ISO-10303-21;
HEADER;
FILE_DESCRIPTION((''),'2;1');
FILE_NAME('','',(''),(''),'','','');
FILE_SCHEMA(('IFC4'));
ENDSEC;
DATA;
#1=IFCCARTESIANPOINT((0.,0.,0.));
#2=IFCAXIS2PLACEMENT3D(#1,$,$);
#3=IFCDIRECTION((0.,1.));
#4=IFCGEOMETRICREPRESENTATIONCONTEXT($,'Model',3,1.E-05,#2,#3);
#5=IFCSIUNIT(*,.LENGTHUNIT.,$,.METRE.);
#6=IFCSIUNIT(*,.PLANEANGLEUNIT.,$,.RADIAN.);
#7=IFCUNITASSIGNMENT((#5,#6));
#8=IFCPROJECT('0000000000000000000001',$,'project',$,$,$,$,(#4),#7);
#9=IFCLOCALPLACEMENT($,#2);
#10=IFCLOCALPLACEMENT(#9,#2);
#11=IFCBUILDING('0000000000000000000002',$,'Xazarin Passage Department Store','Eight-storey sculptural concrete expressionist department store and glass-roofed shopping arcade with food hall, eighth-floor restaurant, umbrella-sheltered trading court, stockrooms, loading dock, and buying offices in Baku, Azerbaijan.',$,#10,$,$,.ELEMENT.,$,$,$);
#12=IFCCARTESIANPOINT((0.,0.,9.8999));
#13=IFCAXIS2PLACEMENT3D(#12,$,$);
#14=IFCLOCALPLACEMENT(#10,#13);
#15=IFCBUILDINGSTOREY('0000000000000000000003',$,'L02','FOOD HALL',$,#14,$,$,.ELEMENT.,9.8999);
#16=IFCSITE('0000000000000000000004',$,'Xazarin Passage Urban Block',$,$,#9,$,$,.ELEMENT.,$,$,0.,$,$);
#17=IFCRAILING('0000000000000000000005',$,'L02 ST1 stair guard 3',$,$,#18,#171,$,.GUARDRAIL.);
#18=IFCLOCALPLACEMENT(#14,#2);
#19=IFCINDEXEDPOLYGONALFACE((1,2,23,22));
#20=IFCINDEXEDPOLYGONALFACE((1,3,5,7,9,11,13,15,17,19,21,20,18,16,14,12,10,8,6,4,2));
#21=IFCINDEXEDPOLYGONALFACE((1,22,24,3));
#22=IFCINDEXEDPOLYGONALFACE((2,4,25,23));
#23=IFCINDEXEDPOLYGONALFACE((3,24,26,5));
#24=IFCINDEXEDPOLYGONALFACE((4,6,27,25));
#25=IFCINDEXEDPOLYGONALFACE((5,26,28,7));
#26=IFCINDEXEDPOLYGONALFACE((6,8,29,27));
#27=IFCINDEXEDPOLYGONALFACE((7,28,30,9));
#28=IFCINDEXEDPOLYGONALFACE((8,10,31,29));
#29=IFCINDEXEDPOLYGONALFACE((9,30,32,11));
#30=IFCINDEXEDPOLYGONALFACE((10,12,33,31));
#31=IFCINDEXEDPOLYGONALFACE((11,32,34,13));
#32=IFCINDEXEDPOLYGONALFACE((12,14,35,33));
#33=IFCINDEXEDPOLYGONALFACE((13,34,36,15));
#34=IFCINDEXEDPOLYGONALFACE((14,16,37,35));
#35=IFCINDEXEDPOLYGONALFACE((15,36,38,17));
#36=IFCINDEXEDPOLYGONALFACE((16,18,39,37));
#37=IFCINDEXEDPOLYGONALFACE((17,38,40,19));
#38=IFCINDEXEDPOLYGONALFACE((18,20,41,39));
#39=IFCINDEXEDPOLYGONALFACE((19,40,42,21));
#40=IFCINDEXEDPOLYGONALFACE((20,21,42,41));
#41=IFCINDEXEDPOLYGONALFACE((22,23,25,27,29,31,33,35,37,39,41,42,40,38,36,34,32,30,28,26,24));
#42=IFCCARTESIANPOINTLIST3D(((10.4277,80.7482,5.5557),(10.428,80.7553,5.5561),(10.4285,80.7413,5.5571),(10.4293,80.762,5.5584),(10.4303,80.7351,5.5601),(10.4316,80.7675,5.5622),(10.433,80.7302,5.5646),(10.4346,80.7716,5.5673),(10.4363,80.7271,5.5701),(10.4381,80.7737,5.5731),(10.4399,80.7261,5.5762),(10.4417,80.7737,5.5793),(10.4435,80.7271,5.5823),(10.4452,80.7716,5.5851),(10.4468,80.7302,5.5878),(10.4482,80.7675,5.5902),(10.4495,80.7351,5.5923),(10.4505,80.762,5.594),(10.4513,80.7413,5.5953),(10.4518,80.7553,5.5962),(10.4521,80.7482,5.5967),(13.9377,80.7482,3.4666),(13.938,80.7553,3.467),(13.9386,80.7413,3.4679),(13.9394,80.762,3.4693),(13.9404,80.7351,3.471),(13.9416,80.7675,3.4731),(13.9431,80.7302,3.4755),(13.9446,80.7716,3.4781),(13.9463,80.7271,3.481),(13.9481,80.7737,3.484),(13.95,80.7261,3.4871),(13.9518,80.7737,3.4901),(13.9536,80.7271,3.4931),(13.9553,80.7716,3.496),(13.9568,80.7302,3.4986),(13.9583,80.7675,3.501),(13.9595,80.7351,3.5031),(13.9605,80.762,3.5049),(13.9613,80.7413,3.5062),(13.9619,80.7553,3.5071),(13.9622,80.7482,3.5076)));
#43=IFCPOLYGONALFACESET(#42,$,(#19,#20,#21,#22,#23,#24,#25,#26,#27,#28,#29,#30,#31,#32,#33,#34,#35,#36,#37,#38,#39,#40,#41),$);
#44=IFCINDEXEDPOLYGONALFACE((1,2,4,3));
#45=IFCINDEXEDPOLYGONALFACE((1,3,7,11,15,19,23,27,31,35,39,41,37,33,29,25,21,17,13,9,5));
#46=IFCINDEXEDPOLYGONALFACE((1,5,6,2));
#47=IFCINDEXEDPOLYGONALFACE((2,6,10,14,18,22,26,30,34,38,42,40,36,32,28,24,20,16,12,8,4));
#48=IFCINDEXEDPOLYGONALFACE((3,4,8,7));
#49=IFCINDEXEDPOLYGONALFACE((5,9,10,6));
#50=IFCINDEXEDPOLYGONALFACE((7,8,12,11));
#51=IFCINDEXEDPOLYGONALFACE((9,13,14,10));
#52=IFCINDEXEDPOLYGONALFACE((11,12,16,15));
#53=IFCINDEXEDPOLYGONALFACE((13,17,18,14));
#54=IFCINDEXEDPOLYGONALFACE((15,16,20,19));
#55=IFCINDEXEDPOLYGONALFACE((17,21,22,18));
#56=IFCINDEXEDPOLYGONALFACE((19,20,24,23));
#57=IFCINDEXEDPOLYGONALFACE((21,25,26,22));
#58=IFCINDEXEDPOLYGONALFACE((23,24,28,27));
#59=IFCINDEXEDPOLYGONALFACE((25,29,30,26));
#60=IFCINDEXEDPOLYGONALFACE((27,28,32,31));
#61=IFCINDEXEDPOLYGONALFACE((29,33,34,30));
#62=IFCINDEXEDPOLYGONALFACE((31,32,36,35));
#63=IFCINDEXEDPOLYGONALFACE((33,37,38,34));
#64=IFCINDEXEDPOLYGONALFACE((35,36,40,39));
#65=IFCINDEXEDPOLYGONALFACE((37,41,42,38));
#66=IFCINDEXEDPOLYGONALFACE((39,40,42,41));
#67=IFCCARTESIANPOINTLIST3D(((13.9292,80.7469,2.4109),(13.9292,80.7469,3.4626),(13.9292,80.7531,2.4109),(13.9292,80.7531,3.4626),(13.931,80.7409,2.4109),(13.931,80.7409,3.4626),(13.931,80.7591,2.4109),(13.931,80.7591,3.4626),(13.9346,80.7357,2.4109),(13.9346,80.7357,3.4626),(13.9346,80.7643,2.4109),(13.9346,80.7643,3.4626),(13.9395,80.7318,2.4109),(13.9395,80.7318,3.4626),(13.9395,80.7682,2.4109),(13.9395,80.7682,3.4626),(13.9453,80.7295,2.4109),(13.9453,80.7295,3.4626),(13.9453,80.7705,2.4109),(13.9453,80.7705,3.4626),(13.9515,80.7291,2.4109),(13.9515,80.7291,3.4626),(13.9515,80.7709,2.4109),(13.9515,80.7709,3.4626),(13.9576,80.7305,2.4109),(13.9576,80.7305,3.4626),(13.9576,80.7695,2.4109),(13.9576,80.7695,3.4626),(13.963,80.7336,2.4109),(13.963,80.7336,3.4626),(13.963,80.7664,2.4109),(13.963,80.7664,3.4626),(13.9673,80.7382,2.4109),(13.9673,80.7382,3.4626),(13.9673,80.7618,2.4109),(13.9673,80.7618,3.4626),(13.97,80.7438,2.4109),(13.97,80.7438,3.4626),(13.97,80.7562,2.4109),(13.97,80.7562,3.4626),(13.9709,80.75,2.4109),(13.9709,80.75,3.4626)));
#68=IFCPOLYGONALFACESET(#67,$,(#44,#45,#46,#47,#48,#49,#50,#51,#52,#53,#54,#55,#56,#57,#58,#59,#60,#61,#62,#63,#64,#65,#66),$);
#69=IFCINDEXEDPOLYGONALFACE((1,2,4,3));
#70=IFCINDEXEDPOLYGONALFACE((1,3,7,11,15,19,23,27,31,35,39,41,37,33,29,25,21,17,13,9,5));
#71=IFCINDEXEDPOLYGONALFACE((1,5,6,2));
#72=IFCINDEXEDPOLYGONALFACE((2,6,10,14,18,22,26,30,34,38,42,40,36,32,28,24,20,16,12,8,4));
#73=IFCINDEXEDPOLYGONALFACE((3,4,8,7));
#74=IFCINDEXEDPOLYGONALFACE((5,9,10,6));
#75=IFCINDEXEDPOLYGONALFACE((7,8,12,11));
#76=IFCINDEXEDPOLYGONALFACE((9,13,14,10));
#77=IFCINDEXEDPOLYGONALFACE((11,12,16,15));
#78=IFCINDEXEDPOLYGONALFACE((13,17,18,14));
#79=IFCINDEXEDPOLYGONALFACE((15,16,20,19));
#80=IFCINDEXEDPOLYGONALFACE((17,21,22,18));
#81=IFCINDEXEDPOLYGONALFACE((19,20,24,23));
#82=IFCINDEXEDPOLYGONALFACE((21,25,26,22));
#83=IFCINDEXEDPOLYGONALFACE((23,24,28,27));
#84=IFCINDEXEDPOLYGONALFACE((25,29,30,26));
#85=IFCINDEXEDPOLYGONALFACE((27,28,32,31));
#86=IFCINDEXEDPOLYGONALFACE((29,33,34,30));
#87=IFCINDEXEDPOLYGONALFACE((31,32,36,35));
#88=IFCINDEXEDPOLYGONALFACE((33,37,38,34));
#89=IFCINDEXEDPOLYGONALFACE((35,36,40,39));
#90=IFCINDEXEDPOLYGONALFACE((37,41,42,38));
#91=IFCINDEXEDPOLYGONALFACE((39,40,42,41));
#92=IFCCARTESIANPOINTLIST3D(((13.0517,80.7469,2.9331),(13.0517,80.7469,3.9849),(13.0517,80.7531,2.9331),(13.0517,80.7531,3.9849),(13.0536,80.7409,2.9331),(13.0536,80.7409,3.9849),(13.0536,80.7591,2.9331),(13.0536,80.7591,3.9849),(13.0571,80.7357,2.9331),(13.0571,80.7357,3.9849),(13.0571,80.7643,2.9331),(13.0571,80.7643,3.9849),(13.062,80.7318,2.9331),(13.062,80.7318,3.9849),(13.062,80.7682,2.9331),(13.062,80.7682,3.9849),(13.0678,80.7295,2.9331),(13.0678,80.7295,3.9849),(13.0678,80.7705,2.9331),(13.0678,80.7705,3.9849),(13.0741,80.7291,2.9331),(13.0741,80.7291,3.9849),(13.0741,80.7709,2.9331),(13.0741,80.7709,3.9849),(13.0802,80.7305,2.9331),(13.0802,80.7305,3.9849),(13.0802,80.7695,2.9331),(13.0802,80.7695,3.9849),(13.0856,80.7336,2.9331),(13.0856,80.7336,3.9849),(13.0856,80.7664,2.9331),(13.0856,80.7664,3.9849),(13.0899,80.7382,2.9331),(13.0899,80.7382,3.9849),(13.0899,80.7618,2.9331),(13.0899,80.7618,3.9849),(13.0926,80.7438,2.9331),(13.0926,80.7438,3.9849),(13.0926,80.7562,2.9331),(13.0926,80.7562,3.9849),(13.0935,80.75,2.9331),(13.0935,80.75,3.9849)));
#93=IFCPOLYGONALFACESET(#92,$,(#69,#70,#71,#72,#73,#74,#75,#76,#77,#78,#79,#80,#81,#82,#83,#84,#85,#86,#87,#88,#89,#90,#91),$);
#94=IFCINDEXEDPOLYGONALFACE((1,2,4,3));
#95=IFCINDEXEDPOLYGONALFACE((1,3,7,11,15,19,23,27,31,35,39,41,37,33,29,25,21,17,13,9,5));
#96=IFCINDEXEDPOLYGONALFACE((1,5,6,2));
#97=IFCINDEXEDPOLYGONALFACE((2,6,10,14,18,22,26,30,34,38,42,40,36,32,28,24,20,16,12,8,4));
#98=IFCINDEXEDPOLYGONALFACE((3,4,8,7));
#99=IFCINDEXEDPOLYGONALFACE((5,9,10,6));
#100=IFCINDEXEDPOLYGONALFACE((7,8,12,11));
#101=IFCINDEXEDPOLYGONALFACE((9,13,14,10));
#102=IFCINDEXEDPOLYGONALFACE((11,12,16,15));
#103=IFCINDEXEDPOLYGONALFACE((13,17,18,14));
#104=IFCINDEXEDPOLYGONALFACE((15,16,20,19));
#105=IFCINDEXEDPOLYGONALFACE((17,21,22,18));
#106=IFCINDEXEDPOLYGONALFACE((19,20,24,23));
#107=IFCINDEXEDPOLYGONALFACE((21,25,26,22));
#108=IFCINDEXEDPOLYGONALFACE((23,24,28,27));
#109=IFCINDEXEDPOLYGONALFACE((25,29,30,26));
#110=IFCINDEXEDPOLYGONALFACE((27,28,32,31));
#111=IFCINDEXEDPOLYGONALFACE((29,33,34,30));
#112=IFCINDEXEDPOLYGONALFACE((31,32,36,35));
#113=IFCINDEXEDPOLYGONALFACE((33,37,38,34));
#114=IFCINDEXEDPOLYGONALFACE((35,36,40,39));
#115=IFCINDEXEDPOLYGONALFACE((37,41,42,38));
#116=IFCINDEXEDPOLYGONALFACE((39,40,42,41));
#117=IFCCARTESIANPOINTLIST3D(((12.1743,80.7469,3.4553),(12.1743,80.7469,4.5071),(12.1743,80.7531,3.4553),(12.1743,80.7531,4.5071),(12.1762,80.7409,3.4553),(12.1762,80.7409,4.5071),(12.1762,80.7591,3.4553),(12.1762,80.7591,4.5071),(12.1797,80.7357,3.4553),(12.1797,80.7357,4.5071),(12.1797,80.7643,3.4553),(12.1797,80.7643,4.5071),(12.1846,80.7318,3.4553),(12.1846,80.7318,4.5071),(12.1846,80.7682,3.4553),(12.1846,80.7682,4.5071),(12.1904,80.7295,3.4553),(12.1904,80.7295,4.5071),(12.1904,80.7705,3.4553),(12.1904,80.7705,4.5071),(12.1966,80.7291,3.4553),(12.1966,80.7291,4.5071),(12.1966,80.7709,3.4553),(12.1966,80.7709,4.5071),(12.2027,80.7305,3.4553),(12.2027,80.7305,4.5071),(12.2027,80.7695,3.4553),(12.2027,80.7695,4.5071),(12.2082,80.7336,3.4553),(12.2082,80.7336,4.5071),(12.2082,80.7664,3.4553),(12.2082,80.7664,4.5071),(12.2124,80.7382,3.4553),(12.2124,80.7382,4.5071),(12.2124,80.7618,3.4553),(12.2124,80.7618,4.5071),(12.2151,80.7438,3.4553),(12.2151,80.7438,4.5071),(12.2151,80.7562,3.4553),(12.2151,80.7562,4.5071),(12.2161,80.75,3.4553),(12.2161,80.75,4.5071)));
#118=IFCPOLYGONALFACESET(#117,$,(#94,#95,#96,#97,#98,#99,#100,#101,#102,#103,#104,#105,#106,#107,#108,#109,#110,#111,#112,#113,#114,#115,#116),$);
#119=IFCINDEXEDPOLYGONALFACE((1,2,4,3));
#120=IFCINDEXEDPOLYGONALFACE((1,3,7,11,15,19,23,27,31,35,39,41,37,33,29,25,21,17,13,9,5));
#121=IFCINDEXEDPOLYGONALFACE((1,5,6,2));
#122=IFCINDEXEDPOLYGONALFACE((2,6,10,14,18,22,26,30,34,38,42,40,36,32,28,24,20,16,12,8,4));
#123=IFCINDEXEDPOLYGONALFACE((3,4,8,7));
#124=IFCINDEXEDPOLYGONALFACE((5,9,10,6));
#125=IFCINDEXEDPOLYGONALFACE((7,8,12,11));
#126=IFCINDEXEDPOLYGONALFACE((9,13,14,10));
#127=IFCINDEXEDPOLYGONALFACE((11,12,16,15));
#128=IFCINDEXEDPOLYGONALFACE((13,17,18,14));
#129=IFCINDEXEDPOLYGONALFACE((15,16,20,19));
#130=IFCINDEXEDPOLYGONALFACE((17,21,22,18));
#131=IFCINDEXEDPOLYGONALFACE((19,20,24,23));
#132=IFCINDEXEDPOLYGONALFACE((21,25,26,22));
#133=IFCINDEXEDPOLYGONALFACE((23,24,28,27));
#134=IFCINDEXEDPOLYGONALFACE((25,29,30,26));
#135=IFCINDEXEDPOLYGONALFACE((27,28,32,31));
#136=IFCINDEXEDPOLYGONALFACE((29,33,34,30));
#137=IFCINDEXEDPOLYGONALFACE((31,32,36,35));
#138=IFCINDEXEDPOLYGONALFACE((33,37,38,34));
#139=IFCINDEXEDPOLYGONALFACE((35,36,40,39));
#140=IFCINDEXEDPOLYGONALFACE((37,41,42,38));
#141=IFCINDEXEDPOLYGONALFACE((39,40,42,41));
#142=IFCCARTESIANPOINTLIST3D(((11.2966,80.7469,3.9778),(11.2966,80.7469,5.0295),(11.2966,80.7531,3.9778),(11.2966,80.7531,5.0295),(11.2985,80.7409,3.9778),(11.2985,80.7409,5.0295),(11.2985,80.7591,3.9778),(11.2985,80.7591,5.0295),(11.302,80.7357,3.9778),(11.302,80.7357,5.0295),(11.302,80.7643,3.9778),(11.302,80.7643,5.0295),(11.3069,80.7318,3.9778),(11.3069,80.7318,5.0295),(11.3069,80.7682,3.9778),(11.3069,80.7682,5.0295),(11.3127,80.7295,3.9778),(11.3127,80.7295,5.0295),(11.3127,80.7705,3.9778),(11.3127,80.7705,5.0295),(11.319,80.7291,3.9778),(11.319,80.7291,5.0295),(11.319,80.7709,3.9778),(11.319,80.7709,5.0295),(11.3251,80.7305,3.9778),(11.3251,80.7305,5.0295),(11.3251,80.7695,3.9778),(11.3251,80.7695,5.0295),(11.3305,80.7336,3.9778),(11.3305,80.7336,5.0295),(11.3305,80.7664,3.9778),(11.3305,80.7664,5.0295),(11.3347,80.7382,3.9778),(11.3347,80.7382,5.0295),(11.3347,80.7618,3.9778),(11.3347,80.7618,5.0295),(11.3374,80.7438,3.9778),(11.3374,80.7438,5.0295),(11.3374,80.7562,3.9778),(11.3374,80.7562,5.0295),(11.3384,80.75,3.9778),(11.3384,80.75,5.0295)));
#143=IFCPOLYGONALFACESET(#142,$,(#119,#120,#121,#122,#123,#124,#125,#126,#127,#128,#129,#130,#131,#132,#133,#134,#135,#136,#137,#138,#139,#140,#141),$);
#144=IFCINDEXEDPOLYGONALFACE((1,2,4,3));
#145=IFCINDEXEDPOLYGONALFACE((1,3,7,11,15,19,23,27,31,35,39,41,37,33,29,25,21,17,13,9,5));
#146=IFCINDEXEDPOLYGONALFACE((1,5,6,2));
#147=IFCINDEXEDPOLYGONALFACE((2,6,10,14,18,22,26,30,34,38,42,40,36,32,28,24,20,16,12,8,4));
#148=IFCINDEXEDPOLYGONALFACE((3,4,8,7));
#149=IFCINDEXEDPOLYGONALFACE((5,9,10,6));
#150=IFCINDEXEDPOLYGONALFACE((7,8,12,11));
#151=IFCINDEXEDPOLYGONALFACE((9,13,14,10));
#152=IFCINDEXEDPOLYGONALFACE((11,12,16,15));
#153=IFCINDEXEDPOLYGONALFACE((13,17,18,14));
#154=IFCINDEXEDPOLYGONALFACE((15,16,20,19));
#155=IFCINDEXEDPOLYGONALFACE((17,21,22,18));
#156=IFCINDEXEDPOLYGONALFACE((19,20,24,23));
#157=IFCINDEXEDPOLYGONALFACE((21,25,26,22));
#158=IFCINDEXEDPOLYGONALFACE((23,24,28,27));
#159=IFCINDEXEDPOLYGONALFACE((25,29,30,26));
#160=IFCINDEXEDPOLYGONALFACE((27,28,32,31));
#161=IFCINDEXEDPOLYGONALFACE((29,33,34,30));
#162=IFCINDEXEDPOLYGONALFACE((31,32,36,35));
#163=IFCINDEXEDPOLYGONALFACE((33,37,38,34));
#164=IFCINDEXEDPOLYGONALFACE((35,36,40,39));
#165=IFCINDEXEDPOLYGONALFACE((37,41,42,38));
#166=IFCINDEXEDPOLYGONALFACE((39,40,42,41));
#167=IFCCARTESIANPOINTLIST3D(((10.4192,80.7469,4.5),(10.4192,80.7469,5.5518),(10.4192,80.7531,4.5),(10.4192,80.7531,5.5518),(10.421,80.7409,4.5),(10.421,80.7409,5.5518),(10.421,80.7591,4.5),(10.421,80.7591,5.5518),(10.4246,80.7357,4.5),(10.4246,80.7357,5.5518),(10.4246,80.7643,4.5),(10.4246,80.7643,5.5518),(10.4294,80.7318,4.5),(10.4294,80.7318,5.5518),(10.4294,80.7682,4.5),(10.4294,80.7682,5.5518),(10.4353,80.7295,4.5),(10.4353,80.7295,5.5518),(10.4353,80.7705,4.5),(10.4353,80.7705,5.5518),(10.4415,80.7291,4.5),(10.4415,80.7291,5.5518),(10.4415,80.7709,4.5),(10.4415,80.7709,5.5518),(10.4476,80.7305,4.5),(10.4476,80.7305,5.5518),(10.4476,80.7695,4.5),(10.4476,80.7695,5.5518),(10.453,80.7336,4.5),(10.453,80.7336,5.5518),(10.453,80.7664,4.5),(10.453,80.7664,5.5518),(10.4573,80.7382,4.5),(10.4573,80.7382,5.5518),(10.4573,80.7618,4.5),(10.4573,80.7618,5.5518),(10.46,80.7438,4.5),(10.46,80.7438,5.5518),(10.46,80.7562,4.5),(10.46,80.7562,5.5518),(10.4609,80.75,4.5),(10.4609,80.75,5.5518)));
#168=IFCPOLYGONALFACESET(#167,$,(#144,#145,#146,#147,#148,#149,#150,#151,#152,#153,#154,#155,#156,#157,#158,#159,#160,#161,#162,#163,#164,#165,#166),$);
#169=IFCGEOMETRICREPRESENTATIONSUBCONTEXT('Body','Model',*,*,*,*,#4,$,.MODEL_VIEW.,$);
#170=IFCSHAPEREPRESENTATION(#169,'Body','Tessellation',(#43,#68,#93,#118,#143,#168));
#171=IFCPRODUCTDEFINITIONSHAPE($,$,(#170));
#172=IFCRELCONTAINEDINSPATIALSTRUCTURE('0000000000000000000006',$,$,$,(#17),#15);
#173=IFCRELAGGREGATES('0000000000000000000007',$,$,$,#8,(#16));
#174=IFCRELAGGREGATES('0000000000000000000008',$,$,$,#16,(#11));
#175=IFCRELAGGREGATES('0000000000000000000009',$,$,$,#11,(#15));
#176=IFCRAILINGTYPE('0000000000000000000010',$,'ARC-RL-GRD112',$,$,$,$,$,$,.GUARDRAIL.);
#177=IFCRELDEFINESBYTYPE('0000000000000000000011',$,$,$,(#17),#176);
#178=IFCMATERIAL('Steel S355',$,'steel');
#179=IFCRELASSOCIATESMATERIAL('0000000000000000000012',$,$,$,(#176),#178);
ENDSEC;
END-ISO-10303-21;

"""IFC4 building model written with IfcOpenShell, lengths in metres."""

from ifc_helpers import new_model, si_unit, direction, frame, origin, origin_2d, place, context, subcontext, project, spatial, circle, extrude, material, type_object, element, save


model = new_model("IFC4")

# Units and contexts
model_context = context("Model", 3, precision=1e-05, world=origin(), true_north=direction((0.0, 1.0)))
body_context = subcontext(model_context, "Body", "Model", "MODEL_VIEW")
ifc_project = project(units=[si_unit("LENGTHUNIT", "METRE"), si_unit("PLANEANGLEUNIT", "RADIAN")], contexts=[model_context])

# Site, building, storey
site_placement = place(None, origin())
site = spatial("IfcSite", under=ifc_project, at=site_placement, Name="Xazarin Passage Urban Block", CompositionType="ELEMENT", RefElevation=0.0)
building_placement = place(site_placement, origin())
building = spatial("IfcBuilding", under=site, at=building_placement, Name="Xazarin Passage Department Store", Description="Eight-storey sculptural concrete expressionist department store and glass-roofed shopping arcade with food hall, eighth-floor restaurant, umbrella-sheltered trading court, stockrooms, loading dock, and buying offices in Baku, Azerbaijan.", CompositionType="ELEMENT")
storey_placement = place(building_placement, frame((0.0, 0.0, 9.8999)))
storey = spatial("IfcBuildingStorey", under=building, at=storey_placement, Name="L02", Description="FOOD HALL", CompositionType="ELEMENT", Elevation=9.8999)

# Shared definitions
ifc_material_1 = material(Name="Steel S355", Category="steel")

# Railing
railing_type_1 = type_object("IfcRailingType", Name="ARC-RL-GRD112", PredefinedType="GUARDRAIL", material=ifc_material_1)
railing_1_placement = place(storey_placement, frame((13.95, 80.75, 2.4109)))
element("IfcRailing", 1, at=railing_1_placement, inside=storey, type_object=railing_type_1, Name="L02 ST1 stair guard 3", PredefinedType="GUARDRAIL", context=body_context, shape_type="SweptSolid", body=[
    extrude(circle(Radius=0.0239, at=origin_2d()), frame((0.0, 0.0, 1.0762), z_axis=(-0.859312, 0.0, 0.511451), x_axis=(0.0, -1.0, 0.0)), (0.0, 0.0, 1.0), 4.0847),
    extrude(circle(Radius=0.021, at=origin_2d()), origin(), (0.0, 0.0, 1.0), 1.0518),
    extrude(circle(Radius=0.021, at=origin_2d()), frame((-0.8774, 0.0, 0.5222)), (0.0, 0.0, 1.0), 1.0518),
    extrude(circle(Radius=0.021, at=origin_2d()), frame((-1.7549, 0.0, 1.0444)), (0.0, 0.0, 1.0), 1.0518),
    extrude(circle(Radius=0.021, at=origin_2d()), frame((-2.6326, 0.0, 1.5669)), (0.0, 0.0, 1.0), 1.0518),
    extrude(circle(Radius=0.021, at=origin_2d()), frame((-3.51, 0.0, 2.0891)), (0.0, 0.0, 1.0), 1.0518),
])

save(model, "model.ifc")
